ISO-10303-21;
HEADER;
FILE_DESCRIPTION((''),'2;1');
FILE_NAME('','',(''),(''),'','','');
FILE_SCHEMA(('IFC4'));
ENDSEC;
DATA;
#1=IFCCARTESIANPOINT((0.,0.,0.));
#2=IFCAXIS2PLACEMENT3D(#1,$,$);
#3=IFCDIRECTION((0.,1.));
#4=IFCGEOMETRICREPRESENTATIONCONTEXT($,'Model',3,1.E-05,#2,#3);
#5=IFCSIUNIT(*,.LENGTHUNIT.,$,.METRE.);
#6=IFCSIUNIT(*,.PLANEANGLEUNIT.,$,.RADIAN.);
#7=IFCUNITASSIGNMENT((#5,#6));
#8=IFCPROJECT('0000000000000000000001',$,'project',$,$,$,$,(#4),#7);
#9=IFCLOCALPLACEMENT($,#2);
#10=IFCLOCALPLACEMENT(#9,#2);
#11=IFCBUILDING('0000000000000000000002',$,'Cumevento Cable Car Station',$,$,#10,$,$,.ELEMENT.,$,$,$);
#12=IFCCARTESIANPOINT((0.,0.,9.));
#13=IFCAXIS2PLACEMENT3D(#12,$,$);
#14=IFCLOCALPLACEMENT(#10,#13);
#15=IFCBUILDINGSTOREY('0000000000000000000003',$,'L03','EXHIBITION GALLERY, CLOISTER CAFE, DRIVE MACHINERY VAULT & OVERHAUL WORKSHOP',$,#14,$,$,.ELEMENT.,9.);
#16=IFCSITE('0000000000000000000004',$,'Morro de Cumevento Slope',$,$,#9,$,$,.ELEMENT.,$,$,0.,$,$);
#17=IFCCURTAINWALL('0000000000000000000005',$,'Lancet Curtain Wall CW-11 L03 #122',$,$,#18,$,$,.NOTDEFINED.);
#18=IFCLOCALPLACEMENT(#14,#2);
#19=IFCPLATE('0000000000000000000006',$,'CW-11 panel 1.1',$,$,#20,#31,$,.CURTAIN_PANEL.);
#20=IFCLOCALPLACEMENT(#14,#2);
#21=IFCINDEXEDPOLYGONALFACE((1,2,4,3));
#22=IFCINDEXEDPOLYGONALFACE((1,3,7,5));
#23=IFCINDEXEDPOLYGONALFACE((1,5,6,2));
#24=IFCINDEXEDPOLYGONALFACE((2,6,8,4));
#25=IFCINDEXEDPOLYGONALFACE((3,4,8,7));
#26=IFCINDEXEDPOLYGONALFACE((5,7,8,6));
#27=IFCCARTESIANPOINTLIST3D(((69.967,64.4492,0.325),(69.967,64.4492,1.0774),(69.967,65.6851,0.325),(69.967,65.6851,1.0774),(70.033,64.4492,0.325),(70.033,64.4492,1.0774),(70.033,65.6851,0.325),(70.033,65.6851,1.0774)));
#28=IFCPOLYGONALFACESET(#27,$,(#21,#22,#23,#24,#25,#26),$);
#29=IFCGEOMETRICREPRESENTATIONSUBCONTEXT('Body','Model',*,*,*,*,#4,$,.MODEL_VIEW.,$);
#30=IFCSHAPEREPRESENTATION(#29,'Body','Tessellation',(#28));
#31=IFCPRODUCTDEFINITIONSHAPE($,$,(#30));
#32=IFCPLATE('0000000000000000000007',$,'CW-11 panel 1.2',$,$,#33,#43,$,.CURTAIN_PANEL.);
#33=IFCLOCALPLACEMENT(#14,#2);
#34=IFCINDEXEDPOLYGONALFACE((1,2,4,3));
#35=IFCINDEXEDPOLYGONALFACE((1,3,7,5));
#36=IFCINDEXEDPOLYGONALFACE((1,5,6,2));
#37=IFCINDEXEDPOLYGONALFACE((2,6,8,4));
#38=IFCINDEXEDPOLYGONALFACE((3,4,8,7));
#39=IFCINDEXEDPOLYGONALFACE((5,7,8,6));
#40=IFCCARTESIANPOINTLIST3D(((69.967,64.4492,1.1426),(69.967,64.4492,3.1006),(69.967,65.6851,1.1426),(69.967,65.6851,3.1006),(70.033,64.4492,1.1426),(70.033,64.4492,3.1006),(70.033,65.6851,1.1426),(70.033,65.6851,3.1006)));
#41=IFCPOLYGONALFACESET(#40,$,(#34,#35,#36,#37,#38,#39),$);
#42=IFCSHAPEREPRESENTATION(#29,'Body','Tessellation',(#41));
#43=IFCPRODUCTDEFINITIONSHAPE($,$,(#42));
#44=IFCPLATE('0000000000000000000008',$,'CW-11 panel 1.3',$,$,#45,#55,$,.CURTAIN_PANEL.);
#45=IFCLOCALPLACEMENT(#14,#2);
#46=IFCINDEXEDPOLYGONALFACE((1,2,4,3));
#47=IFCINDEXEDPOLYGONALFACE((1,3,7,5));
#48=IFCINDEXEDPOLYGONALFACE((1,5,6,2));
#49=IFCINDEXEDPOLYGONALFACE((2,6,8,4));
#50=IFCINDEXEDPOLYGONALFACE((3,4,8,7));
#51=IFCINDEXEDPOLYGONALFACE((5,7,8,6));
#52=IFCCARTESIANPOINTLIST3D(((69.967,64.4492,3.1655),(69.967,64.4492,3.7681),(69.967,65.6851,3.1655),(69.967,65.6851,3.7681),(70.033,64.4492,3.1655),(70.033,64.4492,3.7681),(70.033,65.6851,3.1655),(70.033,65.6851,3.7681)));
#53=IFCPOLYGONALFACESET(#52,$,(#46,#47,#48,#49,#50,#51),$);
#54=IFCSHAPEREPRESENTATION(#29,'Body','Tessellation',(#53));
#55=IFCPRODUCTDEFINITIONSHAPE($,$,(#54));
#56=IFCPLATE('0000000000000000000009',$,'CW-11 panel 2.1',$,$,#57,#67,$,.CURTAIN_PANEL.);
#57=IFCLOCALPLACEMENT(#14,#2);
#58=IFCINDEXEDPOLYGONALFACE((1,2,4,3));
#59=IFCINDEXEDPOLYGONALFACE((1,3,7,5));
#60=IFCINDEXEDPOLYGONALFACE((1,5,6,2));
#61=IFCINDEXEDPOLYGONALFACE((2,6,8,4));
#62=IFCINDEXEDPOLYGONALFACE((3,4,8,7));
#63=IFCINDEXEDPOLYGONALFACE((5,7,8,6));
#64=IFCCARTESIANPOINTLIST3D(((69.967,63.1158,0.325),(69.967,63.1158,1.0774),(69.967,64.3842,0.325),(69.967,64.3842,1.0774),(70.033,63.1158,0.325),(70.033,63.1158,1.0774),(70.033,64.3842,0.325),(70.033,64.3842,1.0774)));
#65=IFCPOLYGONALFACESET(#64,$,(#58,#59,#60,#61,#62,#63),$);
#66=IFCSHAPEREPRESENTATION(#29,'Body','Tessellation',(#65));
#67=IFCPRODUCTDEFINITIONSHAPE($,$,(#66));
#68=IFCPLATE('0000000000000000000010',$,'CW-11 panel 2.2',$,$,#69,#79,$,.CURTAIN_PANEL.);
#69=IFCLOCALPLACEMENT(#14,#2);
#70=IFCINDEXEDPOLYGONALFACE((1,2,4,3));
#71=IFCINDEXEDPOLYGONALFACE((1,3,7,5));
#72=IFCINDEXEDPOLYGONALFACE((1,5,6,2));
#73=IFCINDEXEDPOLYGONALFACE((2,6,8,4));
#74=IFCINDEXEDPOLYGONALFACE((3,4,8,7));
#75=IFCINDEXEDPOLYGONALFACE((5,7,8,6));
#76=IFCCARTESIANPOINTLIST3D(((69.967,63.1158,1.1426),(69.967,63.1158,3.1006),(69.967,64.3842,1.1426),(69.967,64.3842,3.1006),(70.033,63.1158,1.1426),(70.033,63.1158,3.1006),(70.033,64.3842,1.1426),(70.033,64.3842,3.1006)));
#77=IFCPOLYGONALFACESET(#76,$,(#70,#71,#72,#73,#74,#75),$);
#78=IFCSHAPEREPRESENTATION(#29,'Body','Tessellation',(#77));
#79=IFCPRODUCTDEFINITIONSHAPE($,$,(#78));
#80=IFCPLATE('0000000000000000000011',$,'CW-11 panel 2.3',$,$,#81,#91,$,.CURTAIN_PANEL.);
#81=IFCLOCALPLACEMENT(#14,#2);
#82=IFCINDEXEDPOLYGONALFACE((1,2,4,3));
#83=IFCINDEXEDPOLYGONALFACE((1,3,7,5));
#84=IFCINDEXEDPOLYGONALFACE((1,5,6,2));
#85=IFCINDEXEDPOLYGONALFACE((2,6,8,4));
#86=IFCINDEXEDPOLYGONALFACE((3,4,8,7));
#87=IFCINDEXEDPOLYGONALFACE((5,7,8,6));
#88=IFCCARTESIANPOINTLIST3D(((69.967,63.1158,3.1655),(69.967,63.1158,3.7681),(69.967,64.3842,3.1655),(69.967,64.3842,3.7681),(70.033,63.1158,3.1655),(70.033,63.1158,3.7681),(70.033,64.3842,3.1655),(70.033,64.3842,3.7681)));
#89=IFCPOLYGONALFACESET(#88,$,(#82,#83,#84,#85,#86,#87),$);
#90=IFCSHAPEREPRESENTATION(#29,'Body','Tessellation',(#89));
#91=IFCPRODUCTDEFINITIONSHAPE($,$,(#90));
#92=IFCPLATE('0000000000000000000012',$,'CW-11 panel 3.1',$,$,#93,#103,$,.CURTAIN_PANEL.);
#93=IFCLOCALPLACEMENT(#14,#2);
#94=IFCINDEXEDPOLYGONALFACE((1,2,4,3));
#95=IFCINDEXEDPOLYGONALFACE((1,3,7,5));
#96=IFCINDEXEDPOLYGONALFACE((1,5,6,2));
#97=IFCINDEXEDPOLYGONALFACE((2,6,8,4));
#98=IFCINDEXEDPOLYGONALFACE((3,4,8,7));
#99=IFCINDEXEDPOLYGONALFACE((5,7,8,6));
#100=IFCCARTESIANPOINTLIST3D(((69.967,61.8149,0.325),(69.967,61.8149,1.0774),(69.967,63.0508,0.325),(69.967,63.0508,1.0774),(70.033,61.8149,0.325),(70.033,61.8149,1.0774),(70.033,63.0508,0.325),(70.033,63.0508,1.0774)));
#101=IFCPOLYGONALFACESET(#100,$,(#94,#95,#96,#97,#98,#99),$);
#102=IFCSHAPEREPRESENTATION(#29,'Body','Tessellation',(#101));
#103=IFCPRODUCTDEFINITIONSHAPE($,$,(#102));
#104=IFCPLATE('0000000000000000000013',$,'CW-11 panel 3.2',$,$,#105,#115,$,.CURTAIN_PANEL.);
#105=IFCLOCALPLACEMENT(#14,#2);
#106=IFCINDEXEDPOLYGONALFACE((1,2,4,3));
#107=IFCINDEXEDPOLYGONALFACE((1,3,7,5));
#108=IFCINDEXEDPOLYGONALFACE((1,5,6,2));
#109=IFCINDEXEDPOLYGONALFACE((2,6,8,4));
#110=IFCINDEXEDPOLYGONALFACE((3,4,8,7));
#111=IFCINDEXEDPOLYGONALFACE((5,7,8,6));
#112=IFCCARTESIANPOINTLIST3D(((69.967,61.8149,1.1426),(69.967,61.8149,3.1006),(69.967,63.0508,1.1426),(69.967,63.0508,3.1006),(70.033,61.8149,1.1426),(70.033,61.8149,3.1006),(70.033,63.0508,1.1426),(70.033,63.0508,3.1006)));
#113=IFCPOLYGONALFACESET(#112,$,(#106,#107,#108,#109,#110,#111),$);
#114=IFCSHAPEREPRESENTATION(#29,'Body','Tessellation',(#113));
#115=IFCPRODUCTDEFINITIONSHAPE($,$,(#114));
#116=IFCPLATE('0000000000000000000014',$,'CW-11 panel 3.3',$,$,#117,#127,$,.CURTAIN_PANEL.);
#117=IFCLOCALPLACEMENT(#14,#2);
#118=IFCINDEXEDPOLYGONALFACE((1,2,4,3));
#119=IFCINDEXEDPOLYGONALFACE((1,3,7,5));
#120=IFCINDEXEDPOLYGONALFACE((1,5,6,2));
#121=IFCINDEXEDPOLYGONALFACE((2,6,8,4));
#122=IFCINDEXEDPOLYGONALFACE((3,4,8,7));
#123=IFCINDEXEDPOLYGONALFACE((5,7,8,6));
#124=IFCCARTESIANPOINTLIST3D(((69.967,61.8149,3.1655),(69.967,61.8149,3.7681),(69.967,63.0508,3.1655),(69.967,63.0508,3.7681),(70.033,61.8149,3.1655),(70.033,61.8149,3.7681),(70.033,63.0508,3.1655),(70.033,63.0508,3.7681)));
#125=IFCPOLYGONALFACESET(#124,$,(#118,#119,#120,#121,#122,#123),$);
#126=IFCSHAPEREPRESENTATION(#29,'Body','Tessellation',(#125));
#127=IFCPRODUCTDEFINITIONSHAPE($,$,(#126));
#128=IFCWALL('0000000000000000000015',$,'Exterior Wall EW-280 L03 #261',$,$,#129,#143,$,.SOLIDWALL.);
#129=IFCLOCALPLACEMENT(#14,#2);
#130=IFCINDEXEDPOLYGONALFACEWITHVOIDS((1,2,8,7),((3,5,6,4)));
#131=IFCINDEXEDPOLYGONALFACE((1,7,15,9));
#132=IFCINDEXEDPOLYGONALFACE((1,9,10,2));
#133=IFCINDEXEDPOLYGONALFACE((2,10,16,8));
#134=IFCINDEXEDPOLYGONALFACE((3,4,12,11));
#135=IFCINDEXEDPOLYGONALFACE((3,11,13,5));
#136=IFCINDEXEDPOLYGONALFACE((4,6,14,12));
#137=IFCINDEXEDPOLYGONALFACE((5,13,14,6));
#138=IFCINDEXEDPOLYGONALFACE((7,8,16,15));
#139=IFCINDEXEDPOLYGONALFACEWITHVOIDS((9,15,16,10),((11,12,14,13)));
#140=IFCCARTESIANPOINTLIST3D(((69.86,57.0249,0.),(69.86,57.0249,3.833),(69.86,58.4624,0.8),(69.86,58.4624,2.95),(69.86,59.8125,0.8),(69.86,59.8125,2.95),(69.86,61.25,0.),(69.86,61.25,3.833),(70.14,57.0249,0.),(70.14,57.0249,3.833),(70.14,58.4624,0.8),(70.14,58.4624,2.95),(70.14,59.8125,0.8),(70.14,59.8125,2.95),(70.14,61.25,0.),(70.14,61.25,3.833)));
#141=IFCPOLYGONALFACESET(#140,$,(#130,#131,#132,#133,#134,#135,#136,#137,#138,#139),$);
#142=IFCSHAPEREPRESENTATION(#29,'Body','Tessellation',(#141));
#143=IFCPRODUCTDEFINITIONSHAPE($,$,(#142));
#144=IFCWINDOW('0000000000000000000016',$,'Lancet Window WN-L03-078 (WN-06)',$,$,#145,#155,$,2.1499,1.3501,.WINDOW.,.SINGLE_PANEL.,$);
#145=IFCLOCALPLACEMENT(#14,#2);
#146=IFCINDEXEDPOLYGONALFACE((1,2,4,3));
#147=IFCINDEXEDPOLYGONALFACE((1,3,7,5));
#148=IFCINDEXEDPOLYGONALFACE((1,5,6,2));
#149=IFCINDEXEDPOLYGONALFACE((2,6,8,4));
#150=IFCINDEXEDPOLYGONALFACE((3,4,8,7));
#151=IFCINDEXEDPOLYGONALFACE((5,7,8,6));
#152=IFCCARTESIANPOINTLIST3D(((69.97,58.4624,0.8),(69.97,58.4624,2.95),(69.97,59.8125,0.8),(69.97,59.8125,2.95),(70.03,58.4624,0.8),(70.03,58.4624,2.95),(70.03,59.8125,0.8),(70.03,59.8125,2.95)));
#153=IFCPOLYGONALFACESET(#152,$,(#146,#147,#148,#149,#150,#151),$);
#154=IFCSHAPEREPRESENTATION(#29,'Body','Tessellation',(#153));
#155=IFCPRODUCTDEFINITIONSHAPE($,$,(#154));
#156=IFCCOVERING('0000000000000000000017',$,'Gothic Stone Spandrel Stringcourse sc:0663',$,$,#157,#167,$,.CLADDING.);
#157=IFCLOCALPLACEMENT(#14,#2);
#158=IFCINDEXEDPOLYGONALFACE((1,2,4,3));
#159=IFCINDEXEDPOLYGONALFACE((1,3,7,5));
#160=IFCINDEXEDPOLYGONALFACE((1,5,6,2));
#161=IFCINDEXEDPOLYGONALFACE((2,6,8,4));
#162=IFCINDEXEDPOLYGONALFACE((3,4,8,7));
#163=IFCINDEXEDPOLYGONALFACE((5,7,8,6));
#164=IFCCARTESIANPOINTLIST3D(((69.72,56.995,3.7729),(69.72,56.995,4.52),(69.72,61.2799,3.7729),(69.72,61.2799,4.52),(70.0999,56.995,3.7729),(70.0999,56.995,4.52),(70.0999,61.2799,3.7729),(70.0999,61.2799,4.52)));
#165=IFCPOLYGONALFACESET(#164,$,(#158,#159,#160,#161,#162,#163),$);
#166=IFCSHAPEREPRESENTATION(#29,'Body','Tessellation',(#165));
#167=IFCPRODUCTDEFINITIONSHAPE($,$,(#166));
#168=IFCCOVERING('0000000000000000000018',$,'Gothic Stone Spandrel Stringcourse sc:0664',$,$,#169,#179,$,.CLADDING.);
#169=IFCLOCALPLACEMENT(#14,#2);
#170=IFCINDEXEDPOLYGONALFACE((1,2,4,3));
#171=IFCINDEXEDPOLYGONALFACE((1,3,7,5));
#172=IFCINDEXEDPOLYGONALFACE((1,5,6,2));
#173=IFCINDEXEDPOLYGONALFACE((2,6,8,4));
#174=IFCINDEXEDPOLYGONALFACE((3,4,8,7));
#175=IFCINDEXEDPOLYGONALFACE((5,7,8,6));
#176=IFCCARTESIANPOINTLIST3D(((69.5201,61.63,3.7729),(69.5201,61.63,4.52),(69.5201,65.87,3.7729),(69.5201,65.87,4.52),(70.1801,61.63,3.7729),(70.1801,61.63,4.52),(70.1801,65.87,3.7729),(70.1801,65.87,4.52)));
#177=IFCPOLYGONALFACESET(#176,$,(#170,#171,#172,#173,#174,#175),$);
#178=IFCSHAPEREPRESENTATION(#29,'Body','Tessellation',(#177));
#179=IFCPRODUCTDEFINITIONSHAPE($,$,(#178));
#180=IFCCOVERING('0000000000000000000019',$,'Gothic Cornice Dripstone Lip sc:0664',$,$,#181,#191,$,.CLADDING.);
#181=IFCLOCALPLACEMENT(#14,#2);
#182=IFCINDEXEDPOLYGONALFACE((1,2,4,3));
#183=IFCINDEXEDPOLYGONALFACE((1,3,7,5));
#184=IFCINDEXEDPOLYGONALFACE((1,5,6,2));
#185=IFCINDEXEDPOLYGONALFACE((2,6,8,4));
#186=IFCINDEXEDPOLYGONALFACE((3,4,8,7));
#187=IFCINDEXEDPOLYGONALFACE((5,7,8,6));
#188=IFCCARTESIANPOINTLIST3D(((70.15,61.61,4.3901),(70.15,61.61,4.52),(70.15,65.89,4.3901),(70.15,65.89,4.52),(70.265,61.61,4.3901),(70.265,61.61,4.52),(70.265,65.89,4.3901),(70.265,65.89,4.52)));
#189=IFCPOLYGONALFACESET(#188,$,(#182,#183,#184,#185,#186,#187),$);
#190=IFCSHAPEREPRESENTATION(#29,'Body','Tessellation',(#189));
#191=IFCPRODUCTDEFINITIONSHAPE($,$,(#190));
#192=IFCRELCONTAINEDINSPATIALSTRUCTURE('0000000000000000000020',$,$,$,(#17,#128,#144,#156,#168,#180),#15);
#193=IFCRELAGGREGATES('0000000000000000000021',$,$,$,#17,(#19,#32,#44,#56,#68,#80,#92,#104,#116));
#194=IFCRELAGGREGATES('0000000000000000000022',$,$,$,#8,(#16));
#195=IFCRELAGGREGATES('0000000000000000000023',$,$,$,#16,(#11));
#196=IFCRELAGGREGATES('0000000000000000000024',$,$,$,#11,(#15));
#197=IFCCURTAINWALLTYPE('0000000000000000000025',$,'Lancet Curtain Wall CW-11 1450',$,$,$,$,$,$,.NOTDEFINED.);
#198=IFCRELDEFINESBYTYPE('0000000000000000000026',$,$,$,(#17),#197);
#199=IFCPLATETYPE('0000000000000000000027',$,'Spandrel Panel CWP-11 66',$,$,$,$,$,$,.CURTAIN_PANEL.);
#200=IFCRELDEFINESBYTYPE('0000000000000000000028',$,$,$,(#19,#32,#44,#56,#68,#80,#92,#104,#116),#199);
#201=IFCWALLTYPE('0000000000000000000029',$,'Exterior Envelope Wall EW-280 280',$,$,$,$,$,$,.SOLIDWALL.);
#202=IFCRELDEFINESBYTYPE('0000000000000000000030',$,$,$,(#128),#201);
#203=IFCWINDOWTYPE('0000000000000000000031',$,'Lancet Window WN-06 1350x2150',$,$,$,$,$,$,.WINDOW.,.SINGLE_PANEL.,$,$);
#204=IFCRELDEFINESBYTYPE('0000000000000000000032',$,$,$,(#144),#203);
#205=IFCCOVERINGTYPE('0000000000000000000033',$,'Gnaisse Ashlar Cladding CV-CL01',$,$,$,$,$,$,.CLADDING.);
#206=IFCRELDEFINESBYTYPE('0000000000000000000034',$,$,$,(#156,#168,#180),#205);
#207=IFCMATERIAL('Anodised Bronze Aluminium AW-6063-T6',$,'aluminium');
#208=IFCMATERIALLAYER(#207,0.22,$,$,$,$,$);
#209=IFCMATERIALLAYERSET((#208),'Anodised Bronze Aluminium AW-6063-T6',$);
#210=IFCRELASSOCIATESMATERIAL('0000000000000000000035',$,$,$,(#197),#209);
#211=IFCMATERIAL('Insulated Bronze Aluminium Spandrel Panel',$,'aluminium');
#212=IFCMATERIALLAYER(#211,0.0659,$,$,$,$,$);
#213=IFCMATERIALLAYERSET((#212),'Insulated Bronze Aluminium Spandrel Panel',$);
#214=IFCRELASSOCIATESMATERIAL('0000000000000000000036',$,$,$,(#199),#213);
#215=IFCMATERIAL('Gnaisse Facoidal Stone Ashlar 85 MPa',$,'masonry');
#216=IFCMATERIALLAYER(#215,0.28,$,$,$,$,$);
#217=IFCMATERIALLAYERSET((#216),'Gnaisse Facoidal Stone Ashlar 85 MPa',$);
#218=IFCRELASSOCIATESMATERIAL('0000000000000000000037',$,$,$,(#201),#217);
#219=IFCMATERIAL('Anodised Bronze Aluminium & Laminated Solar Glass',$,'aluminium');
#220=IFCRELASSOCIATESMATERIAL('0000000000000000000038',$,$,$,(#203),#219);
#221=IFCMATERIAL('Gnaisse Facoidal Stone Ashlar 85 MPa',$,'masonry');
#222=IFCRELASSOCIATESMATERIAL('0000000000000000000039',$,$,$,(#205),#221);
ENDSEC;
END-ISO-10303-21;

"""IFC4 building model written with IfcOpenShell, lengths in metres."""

from ifc_helpers import new_model, si_unit, direction, frame, frame_2d, origin, origin_2d, place, context, subcontext, project, spatial, rectangle, extrude, material, layer, layer_set, type_object, element, fill, aggregate, save


model = new_model("IFC4")

# Units and contexts
model_context = context("Model", 3, precision=1e-05, world=origin(), true_north=direction((0.0, 1.0)))
body_context = subcontext(model_context, "Body", "Model", "MODEL_VIEW")
ifc_project = project(units=[si_unit("LENGTHUNIT", "METRE"), si_unit("PLANEANGLEUNIT", "RADIAN")], contexts=[model_context])

# Site, building, storey
site_placement = place(None, origin())
site = spatial("IfcSite", under=ifc_project, at=site_placement, Name="Morro de Cumevento Slope", CompositionType="ELEMENT", RefElevation=0.0)
building_placement = place(site_placement, origin())
building = spatial("IfcBuilding", under=site, at=building_placement, Name="Cumevento Cable Car Station", CompositionType="ELEMENT")
storey_placement = place(building_placement, frame((0.0, 0.0, 9.0)))
storey = spatial("IfcBuildingStorey", under=building, at=storey_placement, Name="L03", Description="EXHIBITION GALLERY, CLOISTER CAFE, DRIVE MACHINERY VAULT & OVERHAUL WORKSHOP", CompositionType="ELEMENT", Elevation=9.0)

# Curtain wall
ifc_material_1 = material(Name="Anodised Bronze Aluminium AW-6063-T6", Category="aluminium")
ifc_layer_1 = layer(ifc_material_1, 0.22)
ifc_layer_set_1 = layer_set([ifc_layer_1], Name="Anodised Bronze Aluminium AW-6063-T6")
curtain_wall_type = type_object("IfcCurtainWallType", Name="Lancet Curtain Wall CW-11 1450", PredefinedType="NOTDEFINED", material=ifc_layer_set_1)
curtain_wall_placement = place(storey_placement, origin())
curtain_wall = element("IfcCurtainWall", 1, at=curtain_wall_placement, inside=storey, type_object=curtain_wall_type, Name="Lancet Curtain Wall CW-11 L03 #122", PredefinedType="NOTDEFINED")

# Plates
ifc_material_2 = material(Name="Insulated Bronze Aluminium Spandrel Panel", Category="aluminium")
ifc_layer_2 = layer(ifc_material_2, 0.0659)
ifc_layer_set_2 = layer_set([ifc_layer_2], Name="Insulated Bronze Aluminium Spandrel Panel")
plate_type = type_object("IfcPlateType", Name="Spandrel Panel CWP-11 66", PredefinedType="CURTAIN_PANEL", material=ifc_layer_set_2)
plate_1_placement = place(storey_placement, frame((70.0, 65.0671, 0.325), z_axis=(0.0, 0.0, 1.0), x_axis=(0.0, -1.0, 0.0)))
plate_1 = element("IfcPlate", 2, at=plate_1_placement, type_object=plate_type, Name="CW-11 panel 1.1", PredefinedType="CURTAIN_PANEL", context=body_context, shape_type="SweptSolid", body=[
    extrude(rectangle(XDim=1.2358, YDim=0.0659, at=origin_2d()), origin(), (0.0, 0.0, 1.0), 0.7524),
])
plate_2_placement = place(storey_placement, frame((70.0, 65.0671, 1.1426), z_axis=(0.0, 0.0, 1.0), x_axis=(0.0, -1.0, 0.0)))
plate_2 = element("IfcPlate", 3, at=plate_2_placement, type_object=plate_type, Name="CW-11 panel 1.2", PredefinedType="CURTAIN_PANEL", context=body_context, shape_type="SweptSolid", body=[
    extrude(rectangle(XDim=1.2358, YDim=0.0659, at=origin_2d()), origin(), (0.0, 0.0, 1.0), 1.958),
])
plate_3_placement = place(storey_placement, frame((70.0, 65.0671, 3.1655), z_axis=(0.0, 0.0, 1.0), x_axis=(0.0, -1.0, 0.0)))
plate_3 = element("IfcPlate", 4, at=plate_3_placement, type_object=plate_type, Name="CW-11 panel 1.3", PredefinedType="CURTAIN_PANEL", context=body_context, shape_type="SweptSolid", body=[
    extrude(rectangle(XDim=1.2358, YDim=0.0659, at=origin_2d()), origin(), (0.0, 0.0, 1.0), 0.6025),
])
plate_4_placement = place(storey_placement, frame((70.0, 63.75, 0.325), z_axis=(0.0, 0.0, 1.0), x_axis=(0.0, -1.0, 0.0)))
plate_4 = element("IfcPlate", 5, at=plate_4_placement, type_object=plate_type, Name="CW-11 panel 2.1", PredefinedType="CURTAIN_PANEL", context=body_context, shape_type="SweptSolid", body=[
    extrude(rectangle(XDim=1.2683, YDim=0.0659, at=origin_2d()), origin(), (0.0, 0.0, 1.0), 0.7524),
])
plate_5_placement = place(storey_placement, frame((70.0, 63.75, 1.1426), z_axis=(0.0, 0.0, 1.0), x_axis=(0.0, -1.0, 0.0)))
plate_5 = element("IfcPlate", 6, at=plate_5_placement, type_object=plate_type, Name="CW-11 panel 2.2", PredefinedType="CURTAIN_PANEL", context=body_context, shape_type="SweptSolid", body=[
    extrude(rectangle(XDim=1.2683, YDim=0.0659, at=origin_2d()), origin(), (0.0, 0.0, 1.0), 1.958),
])
plate_6_placement = place(storey_placement, frame((70.0, 63.75, 3.1655), z_axis=(0.0, 0.0, 1.0), x_axis=(0.0, -1.0, 0.0)))
plate_6 = element("IfcPlate", 7, at=plate_6_placement, type_object=plate_type, Name="CW-11 panel 2.3", PredefinedType="CURTAIN_PANEL", context=body_context, shape_type="SweptSolid", body=[
    extrude(rectangle(XDim=1.2683, YDim=0.0659, at=origin_2d()), origin(), (0.0, 0.0, 1.0), 0.6025),
])
plate_7_placement = place(storey_placement, frame((70.0, 62.4329, 0.325), z_axis=(0.0, 0.0, 1.0), x_axis=(0.0, -1.0, 0.0)))
plate_7 = element("IfcPlate", 8, at=plate_7_placement, type_object=plate_type, Name="CW-11 panel 3.1", PredefinedType="CURTAIN_PANEL", context=body_context, shape_type="SweptSolid", body=[
    extrude(rectangle(XDim=1.2358, YDim=0.0659, at=origin_2d()), origin(), (0.0, 0.0, 1.0), 0.7524),
])
plate_8_placement = place(storey_placement, frame((70.0, 62.4329, 1.1426), z_axis=(0.0, 0.0, 1.0), x_axis=(0.0, -1.0, 0.0)))
plate_8 = element("IfcPlate", 9, at=plate_8_placement, type_object=plate_type, Name="CW-11 panel 3.2", PredefinedType="CURTAIN_PANEL", context=body_context, shape_type="SweptSolid", body=[
    extrude(rectangle(XDim=1.2358, YDim=0.0659, at=origin_2d()), origin(), (0.0, 0.0, 1.0), 1.958),
])
plate_9_placement = place(storey_placement, frame((70.0, 62.4329, 3.1655), z_axis=(0.0, 0.0, 1.0), x_axis=(0.0, -1.0, 0.0)))
plate_9 = element("IfcPlate", 10, at=plate_9_placement, type_object=plate_type, Name="CW-11 panel 3.3", PredefinedType="CURTAIN_PANEL", context=body_context, shape_type="SweptSolid", body=[
    extrude(rectangle(XDim=1.2358, YDim=0.0659, at=origin_2d()), origin(), (0.0, 0.0, 1.0), 0.6025),
])
aggregate(curtain_wall, [plate_1, plate_2, plate_3, plate_4, plate_5, plate_6, plate_7, plate_8, plate_9])

# Wall, opening, window
ifc_material_3 = material(Name="Gnaisse Facoidal Stone Ashlar 85 MPa", Category="masonry")
ifc_layer_3 = layer(ifc_material_3, 0.28)
ifc_layer_set_3 = layer_set([ifc_layer_3], Name="Gnaisse Facoidal Stone Ashlar 85 MPa")
wall_type = type_object("IfcWallType", Name="Exterior Envelope Wall EW-280 280", PredefinedType="SOLIDWALL", material=ifc_layer_set_3)
wall_placement = place(storey_placement, frame((70.0, 61.25, 0.0), z_axis=(0.0, 0.0, 1.0), x_axis=(0.0, -1.0, 0.0)))
wall = element("IfcWall", 11, at=wall_placement, inside=storey, type_object=wall_type, Name="Exterior Wall EW-280 L03 #261", PredefinedType="SOLIDWALL", context=body_context, shape_type="SweptSolid", body=[
    extrude(rectangle(XDim=4.2251, YDim=0.28, at=frame_2d((2.1125, 0.0))), origin(), (0.0, 0.0, 1.0), 3.833),
])
opening_placement = place(wall_placement, frame((1.4375, 0.0, 0.8)))
opening = element("IfcOpeningElement", 12, at=opening_placement, cuts=wall, PredefinedType="OPENING", context=body_context, shape_type="SweptSolid", body=[
    extrude(rectangle(XDim=1.3501, YDim=2.1499, at=frame_2d((0.675, 1.075))), frame((0.0, 0.1501, 0.0), z_axis=(0.0, -1.0, 0.0), x_axis=(1.0, 0.0, 0.0)), (0.0, 0.0, 1.0), 0.3),
])
ifc_material_4 = material(Name="Anodised Bronze Aluminium & Laminated Solar Glass", Category="aluminium")
window_type = type_object("IfcWindowType", Name="Lancet Window WN-06 1350x2150", PartitioningType="SINGLE_PANEL", PredefinedType="WINDOW", material=ifc_material_4)
window_placement = place(opening_placement, origin())
window = element("IfcWindow", 13, at=window_placement, inside=storey, type_object=window_type, Name="Lancet Window WN-L03-078 (WN-06)", OverallHeight=2.1499, OverallWidth=1.3501, PartitioningType="SINGLE_PANEL", PredefinedType="WINDOW", context=body_context, shape_type="SweptSolid", body=[
    extrude(rectangle(XDim=1.3501, YDim=2.1499, at=frame_2d((0.675, 1.075))), frame((0.0, 0.03, 0.0), z_axis=(0.0, -1.0, 0.0), x_axis=(1.0, 0.0, 0.0)), (0.0, 0.0, 1.0), 0.0601),
])
fill(opening, window)

# Coverings
ifc_material_5 = material(Name="Gnaisse Facoidal Stone Ashlar 85 MPa", Category="masonry")
covering_type = type_object("IfcCoveringType", Name="Gnaisse Ashlar Cladding CV-CL01", PredefinedType="CLADDING", material=ifc_material_5)
covering_1_placement = place(storey_placement, frame((69.9099, 59.1375, 3.7729), z_axis=(0.0, 0.0, 1.0), x_axis=(0.0, -1.0, 0.0)))
element("IfcCovering", 14, at=covering_1_placement, inside=storey, type_object=covering_type, Name="Gothic Stone Spandrel Stringcourse sc:0663", PredefinedType="CLADDING", context=body_context, shape_type="SweptSolid", body=[
    extrude(rectangle(XDim=4.2849, YDim=0.3799, at=origin_2d()), origin(), (0.0, 0.0, 1.0), 0.7471),
])
covering_2_placement = place(storey_placement, frame((69.8501, 63.75, 3.7729), z_axis=(0.0, 0.0, 1.0), x_axis=(0.0, -1.0, 0.0)))
element("IfcCovering", 15, at=covering_2_placement, inside=storey, type_object=covering_type, Name="Gothic Stone Spandrel Stringcourse sc:0664", PredefinedType="CLADDING", context=body_context, shape_type="SweptSolid", body=[
    extrude(rectangle(XDim=4.24, YDim=0.6599, at=origin_2d()), origin(), (0.0, 0.0, 1.0), 0.7471),
])
covering_3_placement = place(storey_placement, frame((70.2075, 63.75, 4.3901), z_axis=(0.0, 0.0, 1.0), x_axis=(0.0, -1.0, 0.0)))
element("IfcCovering", 16, at=covering_3_placement, inside=storey, type_object=covering_type, Name="Gothic Cornice Dripstone Lip sc:0664", PredefinedType="CLADDING", context=body_context, shape_type="SweptSolid", body=[
    extrude(rectangle(XDim=4.28, YDim=0.115, at=origin_2d()), origin(), (0.0, 0.0, 1.0), 0.1299),
])

save(model, "model.ifc")
